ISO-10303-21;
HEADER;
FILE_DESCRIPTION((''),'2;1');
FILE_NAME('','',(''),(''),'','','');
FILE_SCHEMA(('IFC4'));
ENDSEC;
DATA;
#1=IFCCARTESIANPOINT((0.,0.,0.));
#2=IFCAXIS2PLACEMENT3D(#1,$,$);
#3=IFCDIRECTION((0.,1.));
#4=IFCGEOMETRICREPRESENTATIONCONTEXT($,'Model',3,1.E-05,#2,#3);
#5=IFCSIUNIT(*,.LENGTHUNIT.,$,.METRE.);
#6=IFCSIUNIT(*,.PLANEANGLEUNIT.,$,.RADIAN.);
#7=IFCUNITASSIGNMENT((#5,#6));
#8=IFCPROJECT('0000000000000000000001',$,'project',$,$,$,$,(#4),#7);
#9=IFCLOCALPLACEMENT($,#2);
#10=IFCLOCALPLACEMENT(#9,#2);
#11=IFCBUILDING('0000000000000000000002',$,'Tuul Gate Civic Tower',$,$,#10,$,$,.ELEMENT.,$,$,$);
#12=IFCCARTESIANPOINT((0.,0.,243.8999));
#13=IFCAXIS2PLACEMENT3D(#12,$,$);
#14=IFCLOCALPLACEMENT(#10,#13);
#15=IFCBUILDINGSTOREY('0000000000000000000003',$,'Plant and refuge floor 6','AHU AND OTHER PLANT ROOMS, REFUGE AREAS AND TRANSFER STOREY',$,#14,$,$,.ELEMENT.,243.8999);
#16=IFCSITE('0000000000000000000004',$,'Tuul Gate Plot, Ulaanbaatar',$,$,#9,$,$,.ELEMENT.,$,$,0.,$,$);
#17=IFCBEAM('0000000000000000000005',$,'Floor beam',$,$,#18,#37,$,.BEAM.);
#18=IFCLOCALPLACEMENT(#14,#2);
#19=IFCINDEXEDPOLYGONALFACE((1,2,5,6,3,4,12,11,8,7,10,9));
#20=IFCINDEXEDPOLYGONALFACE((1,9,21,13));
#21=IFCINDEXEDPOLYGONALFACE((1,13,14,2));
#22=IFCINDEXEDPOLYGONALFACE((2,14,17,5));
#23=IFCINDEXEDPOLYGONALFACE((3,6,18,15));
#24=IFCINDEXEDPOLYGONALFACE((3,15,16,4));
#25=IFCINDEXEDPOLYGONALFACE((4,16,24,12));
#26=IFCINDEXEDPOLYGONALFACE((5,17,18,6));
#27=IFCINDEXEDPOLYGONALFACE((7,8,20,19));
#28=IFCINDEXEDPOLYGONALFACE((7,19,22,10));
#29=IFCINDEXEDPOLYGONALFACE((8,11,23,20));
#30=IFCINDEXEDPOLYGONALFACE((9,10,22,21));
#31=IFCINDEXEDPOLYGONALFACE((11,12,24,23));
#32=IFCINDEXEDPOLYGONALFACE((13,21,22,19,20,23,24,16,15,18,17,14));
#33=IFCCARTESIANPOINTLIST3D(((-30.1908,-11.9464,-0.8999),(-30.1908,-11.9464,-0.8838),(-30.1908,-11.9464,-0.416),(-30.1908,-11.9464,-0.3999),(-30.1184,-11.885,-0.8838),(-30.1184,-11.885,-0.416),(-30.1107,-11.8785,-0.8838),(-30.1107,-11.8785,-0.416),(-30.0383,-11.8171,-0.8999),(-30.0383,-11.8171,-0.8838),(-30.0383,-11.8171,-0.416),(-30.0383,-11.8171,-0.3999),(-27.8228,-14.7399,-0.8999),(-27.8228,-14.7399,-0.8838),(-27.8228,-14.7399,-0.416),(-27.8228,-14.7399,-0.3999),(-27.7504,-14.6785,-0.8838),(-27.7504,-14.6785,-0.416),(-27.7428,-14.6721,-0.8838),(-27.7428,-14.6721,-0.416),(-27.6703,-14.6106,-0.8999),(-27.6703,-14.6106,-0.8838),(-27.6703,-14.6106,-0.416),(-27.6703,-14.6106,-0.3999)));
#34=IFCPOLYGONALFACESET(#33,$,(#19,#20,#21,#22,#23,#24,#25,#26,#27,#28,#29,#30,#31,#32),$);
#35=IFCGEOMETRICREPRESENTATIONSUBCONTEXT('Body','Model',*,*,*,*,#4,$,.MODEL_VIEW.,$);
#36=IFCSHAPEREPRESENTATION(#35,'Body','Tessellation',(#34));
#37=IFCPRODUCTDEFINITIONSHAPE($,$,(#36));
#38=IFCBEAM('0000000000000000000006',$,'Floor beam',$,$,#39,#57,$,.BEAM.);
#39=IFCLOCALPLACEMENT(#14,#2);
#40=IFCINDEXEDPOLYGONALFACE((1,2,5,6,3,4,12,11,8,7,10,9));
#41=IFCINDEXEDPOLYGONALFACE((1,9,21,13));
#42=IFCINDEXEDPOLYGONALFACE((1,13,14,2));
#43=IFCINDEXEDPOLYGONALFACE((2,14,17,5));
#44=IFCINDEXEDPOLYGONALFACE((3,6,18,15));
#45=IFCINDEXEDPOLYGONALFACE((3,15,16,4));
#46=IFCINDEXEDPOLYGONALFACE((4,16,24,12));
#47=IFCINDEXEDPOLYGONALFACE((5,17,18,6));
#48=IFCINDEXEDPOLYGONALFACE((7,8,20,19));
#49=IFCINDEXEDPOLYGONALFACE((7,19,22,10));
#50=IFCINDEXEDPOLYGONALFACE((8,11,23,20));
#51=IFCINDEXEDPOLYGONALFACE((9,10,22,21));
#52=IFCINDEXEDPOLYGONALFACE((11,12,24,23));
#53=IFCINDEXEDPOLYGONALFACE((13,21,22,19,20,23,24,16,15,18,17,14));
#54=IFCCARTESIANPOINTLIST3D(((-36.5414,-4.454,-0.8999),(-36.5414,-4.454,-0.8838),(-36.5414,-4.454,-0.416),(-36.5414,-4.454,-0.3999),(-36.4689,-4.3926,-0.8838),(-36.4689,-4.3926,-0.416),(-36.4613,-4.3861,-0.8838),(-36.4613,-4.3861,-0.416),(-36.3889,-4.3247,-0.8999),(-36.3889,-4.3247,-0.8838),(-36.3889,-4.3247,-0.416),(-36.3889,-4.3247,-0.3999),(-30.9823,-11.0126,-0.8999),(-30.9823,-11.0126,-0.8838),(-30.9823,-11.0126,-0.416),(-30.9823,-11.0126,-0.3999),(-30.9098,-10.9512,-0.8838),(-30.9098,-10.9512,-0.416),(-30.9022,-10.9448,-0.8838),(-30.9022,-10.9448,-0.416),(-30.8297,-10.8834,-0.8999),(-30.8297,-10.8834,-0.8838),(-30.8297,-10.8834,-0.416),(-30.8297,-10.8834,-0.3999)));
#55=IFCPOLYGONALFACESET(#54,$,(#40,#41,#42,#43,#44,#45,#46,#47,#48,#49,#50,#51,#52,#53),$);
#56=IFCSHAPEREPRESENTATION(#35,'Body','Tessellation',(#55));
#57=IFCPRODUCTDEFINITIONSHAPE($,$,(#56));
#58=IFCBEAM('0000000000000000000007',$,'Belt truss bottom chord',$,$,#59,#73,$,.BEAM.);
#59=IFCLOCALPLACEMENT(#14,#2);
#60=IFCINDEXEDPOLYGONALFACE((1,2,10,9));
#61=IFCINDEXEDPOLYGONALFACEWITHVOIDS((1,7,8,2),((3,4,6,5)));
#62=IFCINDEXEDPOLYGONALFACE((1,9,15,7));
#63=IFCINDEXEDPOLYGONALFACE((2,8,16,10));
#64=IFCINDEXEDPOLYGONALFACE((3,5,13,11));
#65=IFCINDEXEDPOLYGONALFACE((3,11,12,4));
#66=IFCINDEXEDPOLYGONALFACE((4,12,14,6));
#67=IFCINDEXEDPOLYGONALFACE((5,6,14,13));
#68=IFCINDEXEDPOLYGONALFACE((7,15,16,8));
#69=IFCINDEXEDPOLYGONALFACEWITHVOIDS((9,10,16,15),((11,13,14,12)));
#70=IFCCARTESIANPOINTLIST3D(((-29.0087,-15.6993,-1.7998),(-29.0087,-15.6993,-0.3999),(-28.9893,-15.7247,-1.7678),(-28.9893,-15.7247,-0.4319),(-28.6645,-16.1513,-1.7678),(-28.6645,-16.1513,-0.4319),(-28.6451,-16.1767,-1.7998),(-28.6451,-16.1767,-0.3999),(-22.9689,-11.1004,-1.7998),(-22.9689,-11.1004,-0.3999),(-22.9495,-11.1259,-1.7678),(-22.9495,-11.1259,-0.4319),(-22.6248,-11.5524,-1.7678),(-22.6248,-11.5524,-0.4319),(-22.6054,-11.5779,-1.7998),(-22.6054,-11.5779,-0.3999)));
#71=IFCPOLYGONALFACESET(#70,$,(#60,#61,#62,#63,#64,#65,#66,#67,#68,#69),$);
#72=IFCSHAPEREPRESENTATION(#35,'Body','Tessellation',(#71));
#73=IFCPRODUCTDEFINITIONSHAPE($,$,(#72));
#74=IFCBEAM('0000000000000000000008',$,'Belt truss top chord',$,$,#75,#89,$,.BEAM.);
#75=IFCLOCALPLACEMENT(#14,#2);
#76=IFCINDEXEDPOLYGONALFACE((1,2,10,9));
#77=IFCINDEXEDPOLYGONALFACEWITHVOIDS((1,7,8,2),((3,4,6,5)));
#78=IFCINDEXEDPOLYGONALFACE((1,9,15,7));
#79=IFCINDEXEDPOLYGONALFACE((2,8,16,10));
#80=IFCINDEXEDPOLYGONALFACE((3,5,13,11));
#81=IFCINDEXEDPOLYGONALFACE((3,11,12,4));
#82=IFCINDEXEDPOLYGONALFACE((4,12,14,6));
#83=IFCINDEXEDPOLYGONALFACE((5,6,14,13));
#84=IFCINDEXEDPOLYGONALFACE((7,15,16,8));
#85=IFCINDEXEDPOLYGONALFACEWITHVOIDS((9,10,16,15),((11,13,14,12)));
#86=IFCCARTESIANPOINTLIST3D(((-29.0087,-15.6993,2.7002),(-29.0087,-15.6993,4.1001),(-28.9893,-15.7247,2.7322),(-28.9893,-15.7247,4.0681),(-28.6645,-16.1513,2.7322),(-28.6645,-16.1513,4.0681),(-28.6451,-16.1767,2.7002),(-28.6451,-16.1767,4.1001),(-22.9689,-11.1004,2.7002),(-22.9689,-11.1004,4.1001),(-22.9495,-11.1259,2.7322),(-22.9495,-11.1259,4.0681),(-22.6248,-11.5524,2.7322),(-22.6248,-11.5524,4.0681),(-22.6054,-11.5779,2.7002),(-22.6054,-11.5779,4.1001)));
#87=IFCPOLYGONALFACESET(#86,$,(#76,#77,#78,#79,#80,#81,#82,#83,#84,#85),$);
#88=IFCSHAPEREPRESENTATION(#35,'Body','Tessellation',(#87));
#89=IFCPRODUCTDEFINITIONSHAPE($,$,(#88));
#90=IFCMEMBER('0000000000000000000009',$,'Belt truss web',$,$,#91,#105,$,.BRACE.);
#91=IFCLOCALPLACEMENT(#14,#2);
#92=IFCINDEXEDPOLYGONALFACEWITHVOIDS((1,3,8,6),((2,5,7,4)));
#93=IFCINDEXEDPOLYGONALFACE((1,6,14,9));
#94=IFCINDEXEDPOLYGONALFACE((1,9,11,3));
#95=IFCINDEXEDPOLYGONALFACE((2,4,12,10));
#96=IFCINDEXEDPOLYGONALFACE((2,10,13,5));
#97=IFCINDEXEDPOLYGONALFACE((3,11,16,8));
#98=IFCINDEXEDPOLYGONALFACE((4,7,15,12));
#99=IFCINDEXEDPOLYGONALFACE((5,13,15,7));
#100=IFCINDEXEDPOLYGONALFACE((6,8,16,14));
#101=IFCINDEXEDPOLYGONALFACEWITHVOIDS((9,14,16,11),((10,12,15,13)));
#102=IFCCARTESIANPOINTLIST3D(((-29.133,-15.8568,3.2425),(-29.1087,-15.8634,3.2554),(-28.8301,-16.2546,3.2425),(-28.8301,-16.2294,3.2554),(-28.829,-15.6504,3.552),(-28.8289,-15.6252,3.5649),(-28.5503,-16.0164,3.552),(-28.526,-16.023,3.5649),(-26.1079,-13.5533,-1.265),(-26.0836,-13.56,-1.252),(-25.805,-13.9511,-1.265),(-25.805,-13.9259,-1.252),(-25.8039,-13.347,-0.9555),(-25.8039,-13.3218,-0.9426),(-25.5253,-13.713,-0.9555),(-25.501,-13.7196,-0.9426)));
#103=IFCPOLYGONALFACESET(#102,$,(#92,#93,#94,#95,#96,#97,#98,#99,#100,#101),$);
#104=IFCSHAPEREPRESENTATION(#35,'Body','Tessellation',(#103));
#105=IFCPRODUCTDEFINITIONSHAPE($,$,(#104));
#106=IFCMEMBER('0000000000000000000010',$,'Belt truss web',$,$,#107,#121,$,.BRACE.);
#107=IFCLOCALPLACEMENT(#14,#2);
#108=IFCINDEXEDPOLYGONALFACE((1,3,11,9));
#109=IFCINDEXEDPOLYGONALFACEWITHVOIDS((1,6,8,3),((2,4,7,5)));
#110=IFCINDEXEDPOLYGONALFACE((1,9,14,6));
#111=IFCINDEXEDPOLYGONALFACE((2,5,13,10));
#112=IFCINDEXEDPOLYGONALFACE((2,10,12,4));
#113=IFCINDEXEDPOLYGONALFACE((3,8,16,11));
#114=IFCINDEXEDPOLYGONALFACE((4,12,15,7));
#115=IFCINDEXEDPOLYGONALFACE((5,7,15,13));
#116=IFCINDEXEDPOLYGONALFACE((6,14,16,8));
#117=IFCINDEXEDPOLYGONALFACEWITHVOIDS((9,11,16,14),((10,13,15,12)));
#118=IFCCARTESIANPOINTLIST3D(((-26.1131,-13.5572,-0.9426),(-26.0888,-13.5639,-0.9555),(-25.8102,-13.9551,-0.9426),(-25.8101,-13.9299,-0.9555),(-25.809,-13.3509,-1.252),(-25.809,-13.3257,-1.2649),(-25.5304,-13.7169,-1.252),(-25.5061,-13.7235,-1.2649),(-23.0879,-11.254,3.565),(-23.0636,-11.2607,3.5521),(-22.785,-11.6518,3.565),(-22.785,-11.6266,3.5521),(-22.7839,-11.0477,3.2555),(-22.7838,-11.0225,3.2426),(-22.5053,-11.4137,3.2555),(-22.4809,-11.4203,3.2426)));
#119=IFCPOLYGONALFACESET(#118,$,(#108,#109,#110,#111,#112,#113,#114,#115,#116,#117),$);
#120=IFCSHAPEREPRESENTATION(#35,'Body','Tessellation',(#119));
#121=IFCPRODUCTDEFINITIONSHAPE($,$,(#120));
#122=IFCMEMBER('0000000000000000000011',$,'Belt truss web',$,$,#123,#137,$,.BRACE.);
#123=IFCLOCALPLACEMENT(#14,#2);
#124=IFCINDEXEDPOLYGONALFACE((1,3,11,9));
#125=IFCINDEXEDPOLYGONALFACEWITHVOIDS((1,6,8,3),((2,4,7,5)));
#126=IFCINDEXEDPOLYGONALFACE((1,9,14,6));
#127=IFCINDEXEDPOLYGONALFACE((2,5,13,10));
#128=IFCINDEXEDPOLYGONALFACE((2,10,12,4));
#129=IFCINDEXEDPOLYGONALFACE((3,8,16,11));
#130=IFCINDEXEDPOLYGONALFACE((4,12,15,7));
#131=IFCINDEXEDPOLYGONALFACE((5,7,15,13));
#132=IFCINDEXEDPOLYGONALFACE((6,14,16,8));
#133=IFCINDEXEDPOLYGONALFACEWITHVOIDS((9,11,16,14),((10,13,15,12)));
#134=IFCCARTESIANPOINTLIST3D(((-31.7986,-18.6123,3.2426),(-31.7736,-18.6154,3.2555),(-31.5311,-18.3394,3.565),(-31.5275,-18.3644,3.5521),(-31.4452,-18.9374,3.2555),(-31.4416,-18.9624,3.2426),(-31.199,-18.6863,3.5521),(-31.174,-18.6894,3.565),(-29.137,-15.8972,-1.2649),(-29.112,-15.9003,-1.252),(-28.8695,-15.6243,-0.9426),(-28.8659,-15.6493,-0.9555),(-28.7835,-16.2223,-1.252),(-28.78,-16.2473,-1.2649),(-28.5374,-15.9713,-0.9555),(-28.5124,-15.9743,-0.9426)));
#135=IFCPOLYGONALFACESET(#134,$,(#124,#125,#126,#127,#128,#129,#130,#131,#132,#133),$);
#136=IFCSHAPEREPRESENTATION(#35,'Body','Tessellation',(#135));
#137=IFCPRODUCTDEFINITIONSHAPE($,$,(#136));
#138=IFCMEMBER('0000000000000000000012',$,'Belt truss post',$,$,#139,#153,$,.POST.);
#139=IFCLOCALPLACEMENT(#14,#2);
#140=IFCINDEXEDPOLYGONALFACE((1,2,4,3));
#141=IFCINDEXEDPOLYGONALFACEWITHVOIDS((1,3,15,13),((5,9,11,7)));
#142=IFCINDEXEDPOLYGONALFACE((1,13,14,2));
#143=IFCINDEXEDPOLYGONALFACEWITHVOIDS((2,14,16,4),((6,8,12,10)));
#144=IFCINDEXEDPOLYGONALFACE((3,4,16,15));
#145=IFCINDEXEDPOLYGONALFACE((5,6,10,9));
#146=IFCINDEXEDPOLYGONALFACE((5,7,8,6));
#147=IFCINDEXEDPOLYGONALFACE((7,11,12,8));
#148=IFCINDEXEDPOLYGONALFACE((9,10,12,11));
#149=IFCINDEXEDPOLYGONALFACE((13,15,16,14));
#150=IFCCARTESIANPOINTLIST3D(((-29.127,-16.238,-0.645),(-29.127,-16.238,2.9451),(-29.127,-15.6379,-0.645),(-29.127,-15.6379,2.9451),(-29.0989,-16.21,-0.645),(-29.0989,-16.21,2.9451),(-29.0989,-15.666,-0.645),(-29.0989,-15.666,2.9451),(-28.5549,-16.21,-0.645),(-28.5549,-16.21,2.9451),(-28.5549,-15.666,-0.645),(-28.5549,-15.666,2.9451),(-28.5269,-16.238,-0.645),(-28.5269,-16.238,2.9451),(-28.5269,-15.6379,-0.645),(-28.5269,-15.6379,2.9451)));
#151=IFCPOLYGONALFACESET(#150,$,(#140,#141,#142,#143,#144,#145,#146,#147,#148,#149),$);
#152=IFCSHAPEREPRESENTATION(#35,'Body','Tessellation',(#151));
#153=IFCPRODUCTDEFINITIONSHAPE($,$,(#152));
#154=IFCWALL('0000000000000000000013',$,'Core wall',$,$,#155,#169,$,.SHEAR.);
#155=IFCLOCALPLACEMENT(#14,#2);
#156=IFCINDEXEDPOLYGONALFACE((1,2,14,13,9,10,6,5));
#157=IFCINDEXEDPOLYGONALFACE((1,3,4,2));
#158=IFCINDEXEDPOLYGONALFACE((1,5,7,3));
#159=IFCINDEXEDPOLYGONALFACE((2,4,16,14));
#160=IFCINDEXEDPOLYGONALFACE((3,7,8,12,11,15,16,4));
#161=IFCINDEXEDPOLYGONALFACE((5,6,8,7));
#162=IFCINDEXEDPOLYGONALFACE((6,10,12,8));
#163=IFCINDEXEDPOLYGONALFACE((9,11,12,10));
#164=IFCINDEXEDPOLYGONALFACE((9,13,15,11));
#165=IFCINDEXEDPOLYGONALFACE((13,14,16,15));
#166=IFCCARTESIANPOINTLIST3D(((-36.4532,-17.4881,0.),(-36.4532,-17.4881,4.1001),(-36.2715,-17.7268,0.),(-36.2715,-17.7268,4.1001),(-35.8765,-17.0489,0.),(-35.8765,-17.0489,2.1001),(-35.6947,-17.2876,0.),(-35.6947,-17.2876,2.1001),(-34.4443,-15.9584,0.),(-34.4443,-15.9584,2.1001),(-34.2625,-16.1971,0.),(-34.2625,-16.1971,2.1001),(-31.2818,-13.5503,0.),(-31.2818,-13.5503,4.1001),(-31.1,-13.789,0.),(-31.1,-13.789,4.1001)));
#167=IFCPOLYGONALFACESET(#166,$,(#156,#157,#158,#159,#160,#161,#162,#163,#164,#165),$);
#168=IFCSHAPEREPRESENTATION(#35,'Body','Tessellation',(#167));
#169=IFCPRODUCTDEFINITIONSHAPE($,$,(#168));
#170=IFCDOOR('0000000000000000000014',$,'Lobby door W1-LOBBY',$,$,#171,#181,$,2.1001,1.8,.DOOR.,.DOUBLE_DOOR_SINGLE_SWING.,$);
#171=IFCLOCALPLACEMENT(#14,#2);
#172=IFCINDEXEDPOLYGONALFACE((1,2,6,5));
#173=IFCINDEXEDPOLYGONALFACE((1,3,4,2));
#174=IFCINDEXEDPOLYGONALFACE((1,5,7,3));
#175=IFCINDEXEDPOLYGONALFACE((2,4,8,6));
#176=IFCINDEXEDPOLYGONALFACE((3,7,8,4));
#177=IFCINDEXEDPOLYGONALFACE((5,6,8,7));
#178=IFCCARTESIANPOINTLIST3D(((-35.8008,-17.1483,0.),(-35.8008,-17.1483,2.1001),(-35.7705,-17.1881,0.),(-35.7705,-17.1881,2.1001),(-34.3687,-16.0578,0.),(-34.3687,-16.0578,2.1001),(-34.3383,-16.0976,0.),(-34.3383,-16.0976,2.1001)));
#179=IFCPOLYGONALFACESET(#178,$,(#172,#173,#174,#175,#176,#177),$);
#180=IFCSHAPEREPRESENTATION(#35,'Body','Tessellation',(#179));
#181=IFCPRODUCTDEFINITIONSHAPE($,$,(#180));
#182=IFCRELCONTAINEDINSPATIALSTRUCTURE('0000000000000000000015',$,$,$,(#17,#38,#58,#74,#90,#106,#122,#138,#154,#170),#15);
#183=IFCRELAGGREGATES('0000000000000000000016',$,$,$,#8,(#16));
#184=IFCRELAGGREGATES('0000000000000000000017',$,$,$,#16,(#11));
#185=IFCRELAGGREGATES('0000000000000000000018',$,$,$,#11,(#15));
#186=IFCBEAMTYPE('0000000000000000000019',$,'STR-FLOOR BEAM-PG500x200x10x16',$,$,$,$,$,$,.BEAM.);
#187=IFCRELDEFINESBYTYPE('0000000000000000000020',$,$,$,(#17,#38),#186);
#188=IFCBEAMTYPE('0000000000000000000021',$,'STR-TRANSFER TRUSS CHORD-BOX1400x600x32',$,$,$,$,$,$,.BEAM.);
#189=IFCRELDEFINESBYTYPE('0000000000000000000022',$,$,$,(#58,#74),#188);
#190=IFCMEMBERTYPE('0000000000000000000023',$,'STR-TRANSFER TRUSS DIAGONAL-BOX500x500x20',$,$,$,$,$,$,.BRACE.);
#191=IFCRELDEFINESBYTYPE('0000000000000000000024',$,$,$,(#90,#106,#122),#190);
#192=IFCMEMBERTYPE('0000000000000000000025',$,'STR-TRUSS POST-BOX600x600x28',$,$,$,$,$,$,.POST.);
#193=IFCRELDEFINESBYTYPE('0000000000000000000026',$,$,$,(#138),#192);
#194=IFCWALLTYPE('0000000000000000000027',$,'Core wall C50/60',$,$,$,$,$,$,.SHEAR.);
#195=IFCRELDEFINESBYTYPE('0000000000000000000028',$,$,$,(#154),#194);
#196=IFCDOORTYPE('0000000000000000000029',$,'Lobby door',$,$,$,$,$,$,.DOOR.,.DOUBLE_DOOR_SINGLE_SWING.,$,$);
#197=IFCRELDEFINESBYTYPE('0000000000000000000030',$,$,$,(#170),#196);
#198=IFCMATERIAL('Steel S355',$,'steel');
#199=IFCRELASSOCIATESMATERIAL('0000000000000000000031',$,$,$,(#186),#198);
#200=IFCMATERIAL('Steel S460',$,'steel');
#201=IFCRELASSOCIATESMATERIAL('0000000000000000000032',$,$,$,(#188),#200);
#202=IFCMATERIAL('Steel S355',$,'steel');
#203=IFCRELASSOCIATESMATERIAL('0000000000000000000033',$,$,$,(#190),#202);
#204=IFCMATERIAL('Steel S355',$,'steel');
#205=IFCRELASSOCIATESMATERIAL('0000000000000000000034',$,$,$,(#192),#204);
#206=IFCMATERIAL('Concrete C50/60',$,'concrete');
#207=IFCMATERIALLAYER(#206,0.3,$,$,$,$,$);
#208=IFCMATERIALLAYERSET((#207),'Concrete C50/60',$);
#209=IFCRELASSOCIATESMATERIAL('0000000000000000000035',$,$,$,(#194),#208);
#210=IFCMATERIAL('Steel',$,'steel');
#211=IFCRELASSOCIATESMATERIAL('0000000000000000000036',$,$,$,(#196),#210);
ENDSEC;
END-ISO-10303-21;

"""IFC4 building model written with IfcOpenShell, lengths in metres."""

from ifc_helpers import new_model, si_unit, direction, frame, frame_2d, origin, origin_2d, place, context, subcontext, project, spatial, rectangle, hollow_rectangle, i_section, extrude, material, layer, layer_set, material_profile, profile_set, type_object, element, fill, save


model = new_model("IFC4")

# Units and contexts
model_context = context("Model", 3, precision=1e-05, world=origin(), true_north=direction((0.0, 1.0)))
body_context = subcontext(model_context, "Body", "Model", "MODEL_VIEW")
ifc_project = project(units=[si_unit("LENGTHUNIT", "METRE"), si_unit("PLANEANGLEUNIT", "RADIAN")], contexts=[model_context])

# Site, building, storey
site_placement = place(None, origin())
site = spatial("IfcSite", under=ifc_project, at=site_placement, Name="Tuul Gate Plot, Ulaanbaatar", CompositionType="ELEMENT", RefElevation=0.0)
building_placement = place(site_placement, origin())
building = spatial("IfcBuilding", under=site, at=building_placement, Name="Tuul Gate Civic Tower", CompositionType="ELEMENT")
storey_placement = place(building_placement, frame((0.0, 0.0, 243.8999)))
storey = spatial("IfcBuildingStorey", under=building, at=storey_placement, Name="Plant and refuge floor 6", Description="AHU AND OTHER PLANT ROOMS, REFUGE AREAS AND TRANSFER STOREY", CompositionType="ELEMENT", Elevation=243.8999)

# Beams
ifc_material_1 = material(Name="Steel S355", Category="steel")
ifc_material_profile_1 = material_profile(ifc_material_1, i_section(OverallWidth=0.2, OverallDepth=0.5, WebThickness=0.01, FlangeThickness=0.0161, at=origin_2d()), Name="PG500x200x10x16")
ifc_profile_set_1 = profile_set([ifc_material_profile_1], Name="Steel S355")
beam_type_1 = type_object("IfcBeamType", Name="STR-FLOOR BEAM-PG500x200x10x16", PredefinedType="BEAM", material=ifc_profile_set_1)
beam_1_placement = place(storey_placement, frame((-27.7466, -14.6753, -0.6499), z_axis=(-0.646614, 0.762817, 0.0), x_axis=(-0.762817, -0.646614, 0.0)))
element("IfcBeam", 1, at=beam_1_placement, inside=storey, type_object=beam_type_1, Name="Floor beam", PredefinedType="BEAM", context=body_context, shape_type="SweptSolid", body=[
    extrude(i_section(OverallWidth=0.2, OverallDepth=0.5, WebThickness=0.01, FlangeThickness=0.0161, at=origin_2d()), origin(), (0.0, 0.0, 1.0), 3.6621),
])
beam_2_placement = place(storey_placement, frame((-30.906, -10.948, -0.6499), z_axis=(-0.646586, 0.762841, 0.0), x_axis=(-0.762841, -0.646586, 0.0)))
element("IfcBeam", 2, at=beam_2_placement, inside=storey, type_object=beam_type_1, Name="Floor beam", PredefinedType="BEAM", context=body_context, shape_type="SweptSolid", body=[
    extrude(i_section(OverallWidth=0.2, OverallDepth=0.5, WebThickness=0.01, FlangeThickness=0.0161, at=origin_2d()), origin(), (0.0, 0.0, 1.0), 8.5977),
])
ifc_material_2 = material(Name="Steel S460", Category="steel")
ifc_material_profile_2 = material_profile(ifc_material_2, hollow_rectangle(XDim=0.6001, YDim=1.3999, WallThickness=0.032, at=origin_2d()), Name="BOX1400x600x32")
ifc_profile_set_2 = profile_set([ifc_material_profile_2], Name="Steel S460")
beam_type_2 = type_object("IfcBeamType", Name="STR-TRANSFER TRUSS CHORD-BOX1400x600x32", PredefinedType="BEAM", material=ifc_profile_set_2)
for number, where, z_axis, x_axis, name in (
    (3, (-28.8269, -15.938, -1.0999), (0.795614, 0.605804, 0.0), (-0.605804, 0.795614, 0.0), "Belt truss bottom chord"),
    (4, (-28.8269, -15.938, 3.4001), (0.795614, 0.605804, 0.0), (-0.605804, 0.795614, 0.0), "Belt truss top chord"),
):
    element("IfcBeam", number, at=place(storey_placement, frame(where, z_axis=z_axis, x_axis=x_axis)), inside=storey, type_object=beam_type_2, Name=name, PredefinedType="BEAM", context=body_context, shape_type="SweptSolid", body=[
        extrude(hollow_rectangle(XDim=0.6001, YDim=1.3999, WallThickness=0.032, at=origin_2d()), origin(), (0.0, 0.0, 1.0), 7.5913),
    ])

# Members
ifc_material_3 = material(Name="Steel S355", Category="steel")
ifc_material_profile_3 = material_profile(ifc_material_3, hollow_rectangle(XDim=0.5, YDim=0.5, WallThickness=0.02, at=origin_2d()), Name="BOX500x500x20")
ifc_profile_set_3 = profile_set([ifc_material_profile_3], Name="Steel S355")
member_type_1 = type_object("IfcMemberType", Name="STR-TRANSFER TRUSS DIAGONAL-BOX500x500x20", PredefinedType="BRACE", material=ifc_profile_set_3)
for number, where, z_axis, x_axis, name in (
    (5, (-25.8044, -13.6365, -1.1038), (-0.51299, -0.390611, 0.764372), (0.605809, -0.79561, 0.0), "Belt truss web"),
    (6, (-25.8096, -13.6404, -1.1038), (0.512998, 0.390576, 0.764384), (-0.605768, 0.795641, 0.0), "Belt truss web"),
    (7, (-28.8247, -15.9358, -1.1038), (-0.451355, -0.460422, 0.764389), (0.714103, -0.700041, 0.0), "Belt truss web"),
):
    element("IfcMember", number, at=place(storey_placement, frame(where, z_axis=z_axis, x_axis=x_axis)), inside=storey, type_object=member_type_1, Name=name, PredefinedType="BRACE", context=body_context, shape_type="SweptSolid", body=[
        extrude(hollow_rectangle(XDim=0.5, YDim=0.5, WallThickness=0.02, at=origin_2d()), origin(), (0.0, 0.0, 1.0), 5.897),
    ])
ifc_material_4 = material(Name="Steel S355", Category="steel")
ifc_material_profile_4 = material_profile(ifc_material_4, hollow_rectangle(XDim=0.6001, YDim=0.6001, WallThickness=0.0281, at=origin_2d()), Name="BOX600x600x28")
ifc_profile_set_4 = profile_set([ifc_material_profile_4], Name="Steel S355")
member_type_2 = type_object("IfcMemberType", Name="STR-TRUSS POST-BOX600x600x28", PredefinedType="POST", material=ifc_profile_set_4)
member_placement = place(storey_placement, frame((-28.8269, -15.938, -0.645), z_axis=(0.0, 0.0, 1.0), x_axis=(1.0, 0.0, 0.0)))
element("IfcMember", 8, at=member_placement, inside=storey, type_object=member_type_2, Name="Belt truss post", PredefinedType="POST", context=body_context, shape_type="SweptSolid", body=[
    extrude(hollow_rectangle(XDim=0.6001, YDim=0.6001, WallThickness=0.0281, at=origin_2d()), origin(), (0.0, 0.0, 1.0), 3.5901),
])

# Wall, opening, door
ifc_material_5 = material(Name="Concrete C50/60", Category="concrete")
ifc_layer_1 = layer(ifc_material_5, 0.3)
ifc_layer_set_1 = layer_set([ifc_layer_1], Name="Concrete C50/60")
wall_type_1 = type_object("IfcWallType", Name="Core wall C50/60", PredefinedType="SHEAR", material=ifc_layer_set_1)
wall_1_placement = place(storey_placement, frame((-31.1909, -13.6697, 0.0), z_axis=(0.0, 0.0, 1.0), x_axis=(-0.795607, -0.605813, 0.0)))
wall_1 = element("IfcWall", 9, at=wall_1_placement, inside=storey, type_object=wall_type_1, Name="Core wall", PredefinedType="SHEAR", context=body_context, shape_type="SweptSolid", body=[
    extrude(rectangle(XDim=6.5, YDim=0.3, at=frame_2d((3.25, 0.0))), origin(), (0.0, 0.0, 1.0), 4.1001),
])
opening_1_placement = place(wall_1_placement, frame((3.9751, 0.0, 0.0)))
opening_1 = element("IfcOpeningElement", 10, at=opening_1_placement, cuts=wall_1, PredefinedType="OPENING", context=body_context, shape_type="SweptSolid", body=[
    extrude(rectangle(XDim=1.8, YDim=2.1001, at=frame_2d((0.8999, 1.05))), frame((0.0, 0.1602, 0.0), z_axis=(0.0, -1.0, 0.0), x_axis=(1.0, 0.0, 0.0)), (0.0, 0.0, 1.0), 0.3201),
])
ifc_material_6 = material(Name="Steel", Category="steel")
door_type_1 = type_object("IfcDoorType", Name="Lobby door", OperationType="DOUBLE_DOOR_SINGLE_SWING", PredefinedType="DOOR", material=ifc_material_6)
door_1_placement = place(opening_1_placement, origin())
door_1 = element("IfcDoor", 11, at=door_1_placement, inside=storey, type_object=door_type_1, Name="Lobby door W1-LOBBY", OperationType="DOUBLE_DOOR_SINGLE_SWING", OverallHeight=2.1001, OverallWidth=1.8, PredefinedType="DOOR", context=body_context, shape_type="SweptSolid", body=[
    extrude(rectangle(XDim=1.8, YDim=2.1001, at=frame_2d((0.8999, 1.05))), frame((0.0, 0.0249, 0.0), z_axis=(0.0, -1.0, 0.0), x_axis=(1.0, 0.0, 0.0)), (0.0, 0.0, 1.0), 0.05),
])
fill(opening_1, door_1)

save(model, "model.ifc")
